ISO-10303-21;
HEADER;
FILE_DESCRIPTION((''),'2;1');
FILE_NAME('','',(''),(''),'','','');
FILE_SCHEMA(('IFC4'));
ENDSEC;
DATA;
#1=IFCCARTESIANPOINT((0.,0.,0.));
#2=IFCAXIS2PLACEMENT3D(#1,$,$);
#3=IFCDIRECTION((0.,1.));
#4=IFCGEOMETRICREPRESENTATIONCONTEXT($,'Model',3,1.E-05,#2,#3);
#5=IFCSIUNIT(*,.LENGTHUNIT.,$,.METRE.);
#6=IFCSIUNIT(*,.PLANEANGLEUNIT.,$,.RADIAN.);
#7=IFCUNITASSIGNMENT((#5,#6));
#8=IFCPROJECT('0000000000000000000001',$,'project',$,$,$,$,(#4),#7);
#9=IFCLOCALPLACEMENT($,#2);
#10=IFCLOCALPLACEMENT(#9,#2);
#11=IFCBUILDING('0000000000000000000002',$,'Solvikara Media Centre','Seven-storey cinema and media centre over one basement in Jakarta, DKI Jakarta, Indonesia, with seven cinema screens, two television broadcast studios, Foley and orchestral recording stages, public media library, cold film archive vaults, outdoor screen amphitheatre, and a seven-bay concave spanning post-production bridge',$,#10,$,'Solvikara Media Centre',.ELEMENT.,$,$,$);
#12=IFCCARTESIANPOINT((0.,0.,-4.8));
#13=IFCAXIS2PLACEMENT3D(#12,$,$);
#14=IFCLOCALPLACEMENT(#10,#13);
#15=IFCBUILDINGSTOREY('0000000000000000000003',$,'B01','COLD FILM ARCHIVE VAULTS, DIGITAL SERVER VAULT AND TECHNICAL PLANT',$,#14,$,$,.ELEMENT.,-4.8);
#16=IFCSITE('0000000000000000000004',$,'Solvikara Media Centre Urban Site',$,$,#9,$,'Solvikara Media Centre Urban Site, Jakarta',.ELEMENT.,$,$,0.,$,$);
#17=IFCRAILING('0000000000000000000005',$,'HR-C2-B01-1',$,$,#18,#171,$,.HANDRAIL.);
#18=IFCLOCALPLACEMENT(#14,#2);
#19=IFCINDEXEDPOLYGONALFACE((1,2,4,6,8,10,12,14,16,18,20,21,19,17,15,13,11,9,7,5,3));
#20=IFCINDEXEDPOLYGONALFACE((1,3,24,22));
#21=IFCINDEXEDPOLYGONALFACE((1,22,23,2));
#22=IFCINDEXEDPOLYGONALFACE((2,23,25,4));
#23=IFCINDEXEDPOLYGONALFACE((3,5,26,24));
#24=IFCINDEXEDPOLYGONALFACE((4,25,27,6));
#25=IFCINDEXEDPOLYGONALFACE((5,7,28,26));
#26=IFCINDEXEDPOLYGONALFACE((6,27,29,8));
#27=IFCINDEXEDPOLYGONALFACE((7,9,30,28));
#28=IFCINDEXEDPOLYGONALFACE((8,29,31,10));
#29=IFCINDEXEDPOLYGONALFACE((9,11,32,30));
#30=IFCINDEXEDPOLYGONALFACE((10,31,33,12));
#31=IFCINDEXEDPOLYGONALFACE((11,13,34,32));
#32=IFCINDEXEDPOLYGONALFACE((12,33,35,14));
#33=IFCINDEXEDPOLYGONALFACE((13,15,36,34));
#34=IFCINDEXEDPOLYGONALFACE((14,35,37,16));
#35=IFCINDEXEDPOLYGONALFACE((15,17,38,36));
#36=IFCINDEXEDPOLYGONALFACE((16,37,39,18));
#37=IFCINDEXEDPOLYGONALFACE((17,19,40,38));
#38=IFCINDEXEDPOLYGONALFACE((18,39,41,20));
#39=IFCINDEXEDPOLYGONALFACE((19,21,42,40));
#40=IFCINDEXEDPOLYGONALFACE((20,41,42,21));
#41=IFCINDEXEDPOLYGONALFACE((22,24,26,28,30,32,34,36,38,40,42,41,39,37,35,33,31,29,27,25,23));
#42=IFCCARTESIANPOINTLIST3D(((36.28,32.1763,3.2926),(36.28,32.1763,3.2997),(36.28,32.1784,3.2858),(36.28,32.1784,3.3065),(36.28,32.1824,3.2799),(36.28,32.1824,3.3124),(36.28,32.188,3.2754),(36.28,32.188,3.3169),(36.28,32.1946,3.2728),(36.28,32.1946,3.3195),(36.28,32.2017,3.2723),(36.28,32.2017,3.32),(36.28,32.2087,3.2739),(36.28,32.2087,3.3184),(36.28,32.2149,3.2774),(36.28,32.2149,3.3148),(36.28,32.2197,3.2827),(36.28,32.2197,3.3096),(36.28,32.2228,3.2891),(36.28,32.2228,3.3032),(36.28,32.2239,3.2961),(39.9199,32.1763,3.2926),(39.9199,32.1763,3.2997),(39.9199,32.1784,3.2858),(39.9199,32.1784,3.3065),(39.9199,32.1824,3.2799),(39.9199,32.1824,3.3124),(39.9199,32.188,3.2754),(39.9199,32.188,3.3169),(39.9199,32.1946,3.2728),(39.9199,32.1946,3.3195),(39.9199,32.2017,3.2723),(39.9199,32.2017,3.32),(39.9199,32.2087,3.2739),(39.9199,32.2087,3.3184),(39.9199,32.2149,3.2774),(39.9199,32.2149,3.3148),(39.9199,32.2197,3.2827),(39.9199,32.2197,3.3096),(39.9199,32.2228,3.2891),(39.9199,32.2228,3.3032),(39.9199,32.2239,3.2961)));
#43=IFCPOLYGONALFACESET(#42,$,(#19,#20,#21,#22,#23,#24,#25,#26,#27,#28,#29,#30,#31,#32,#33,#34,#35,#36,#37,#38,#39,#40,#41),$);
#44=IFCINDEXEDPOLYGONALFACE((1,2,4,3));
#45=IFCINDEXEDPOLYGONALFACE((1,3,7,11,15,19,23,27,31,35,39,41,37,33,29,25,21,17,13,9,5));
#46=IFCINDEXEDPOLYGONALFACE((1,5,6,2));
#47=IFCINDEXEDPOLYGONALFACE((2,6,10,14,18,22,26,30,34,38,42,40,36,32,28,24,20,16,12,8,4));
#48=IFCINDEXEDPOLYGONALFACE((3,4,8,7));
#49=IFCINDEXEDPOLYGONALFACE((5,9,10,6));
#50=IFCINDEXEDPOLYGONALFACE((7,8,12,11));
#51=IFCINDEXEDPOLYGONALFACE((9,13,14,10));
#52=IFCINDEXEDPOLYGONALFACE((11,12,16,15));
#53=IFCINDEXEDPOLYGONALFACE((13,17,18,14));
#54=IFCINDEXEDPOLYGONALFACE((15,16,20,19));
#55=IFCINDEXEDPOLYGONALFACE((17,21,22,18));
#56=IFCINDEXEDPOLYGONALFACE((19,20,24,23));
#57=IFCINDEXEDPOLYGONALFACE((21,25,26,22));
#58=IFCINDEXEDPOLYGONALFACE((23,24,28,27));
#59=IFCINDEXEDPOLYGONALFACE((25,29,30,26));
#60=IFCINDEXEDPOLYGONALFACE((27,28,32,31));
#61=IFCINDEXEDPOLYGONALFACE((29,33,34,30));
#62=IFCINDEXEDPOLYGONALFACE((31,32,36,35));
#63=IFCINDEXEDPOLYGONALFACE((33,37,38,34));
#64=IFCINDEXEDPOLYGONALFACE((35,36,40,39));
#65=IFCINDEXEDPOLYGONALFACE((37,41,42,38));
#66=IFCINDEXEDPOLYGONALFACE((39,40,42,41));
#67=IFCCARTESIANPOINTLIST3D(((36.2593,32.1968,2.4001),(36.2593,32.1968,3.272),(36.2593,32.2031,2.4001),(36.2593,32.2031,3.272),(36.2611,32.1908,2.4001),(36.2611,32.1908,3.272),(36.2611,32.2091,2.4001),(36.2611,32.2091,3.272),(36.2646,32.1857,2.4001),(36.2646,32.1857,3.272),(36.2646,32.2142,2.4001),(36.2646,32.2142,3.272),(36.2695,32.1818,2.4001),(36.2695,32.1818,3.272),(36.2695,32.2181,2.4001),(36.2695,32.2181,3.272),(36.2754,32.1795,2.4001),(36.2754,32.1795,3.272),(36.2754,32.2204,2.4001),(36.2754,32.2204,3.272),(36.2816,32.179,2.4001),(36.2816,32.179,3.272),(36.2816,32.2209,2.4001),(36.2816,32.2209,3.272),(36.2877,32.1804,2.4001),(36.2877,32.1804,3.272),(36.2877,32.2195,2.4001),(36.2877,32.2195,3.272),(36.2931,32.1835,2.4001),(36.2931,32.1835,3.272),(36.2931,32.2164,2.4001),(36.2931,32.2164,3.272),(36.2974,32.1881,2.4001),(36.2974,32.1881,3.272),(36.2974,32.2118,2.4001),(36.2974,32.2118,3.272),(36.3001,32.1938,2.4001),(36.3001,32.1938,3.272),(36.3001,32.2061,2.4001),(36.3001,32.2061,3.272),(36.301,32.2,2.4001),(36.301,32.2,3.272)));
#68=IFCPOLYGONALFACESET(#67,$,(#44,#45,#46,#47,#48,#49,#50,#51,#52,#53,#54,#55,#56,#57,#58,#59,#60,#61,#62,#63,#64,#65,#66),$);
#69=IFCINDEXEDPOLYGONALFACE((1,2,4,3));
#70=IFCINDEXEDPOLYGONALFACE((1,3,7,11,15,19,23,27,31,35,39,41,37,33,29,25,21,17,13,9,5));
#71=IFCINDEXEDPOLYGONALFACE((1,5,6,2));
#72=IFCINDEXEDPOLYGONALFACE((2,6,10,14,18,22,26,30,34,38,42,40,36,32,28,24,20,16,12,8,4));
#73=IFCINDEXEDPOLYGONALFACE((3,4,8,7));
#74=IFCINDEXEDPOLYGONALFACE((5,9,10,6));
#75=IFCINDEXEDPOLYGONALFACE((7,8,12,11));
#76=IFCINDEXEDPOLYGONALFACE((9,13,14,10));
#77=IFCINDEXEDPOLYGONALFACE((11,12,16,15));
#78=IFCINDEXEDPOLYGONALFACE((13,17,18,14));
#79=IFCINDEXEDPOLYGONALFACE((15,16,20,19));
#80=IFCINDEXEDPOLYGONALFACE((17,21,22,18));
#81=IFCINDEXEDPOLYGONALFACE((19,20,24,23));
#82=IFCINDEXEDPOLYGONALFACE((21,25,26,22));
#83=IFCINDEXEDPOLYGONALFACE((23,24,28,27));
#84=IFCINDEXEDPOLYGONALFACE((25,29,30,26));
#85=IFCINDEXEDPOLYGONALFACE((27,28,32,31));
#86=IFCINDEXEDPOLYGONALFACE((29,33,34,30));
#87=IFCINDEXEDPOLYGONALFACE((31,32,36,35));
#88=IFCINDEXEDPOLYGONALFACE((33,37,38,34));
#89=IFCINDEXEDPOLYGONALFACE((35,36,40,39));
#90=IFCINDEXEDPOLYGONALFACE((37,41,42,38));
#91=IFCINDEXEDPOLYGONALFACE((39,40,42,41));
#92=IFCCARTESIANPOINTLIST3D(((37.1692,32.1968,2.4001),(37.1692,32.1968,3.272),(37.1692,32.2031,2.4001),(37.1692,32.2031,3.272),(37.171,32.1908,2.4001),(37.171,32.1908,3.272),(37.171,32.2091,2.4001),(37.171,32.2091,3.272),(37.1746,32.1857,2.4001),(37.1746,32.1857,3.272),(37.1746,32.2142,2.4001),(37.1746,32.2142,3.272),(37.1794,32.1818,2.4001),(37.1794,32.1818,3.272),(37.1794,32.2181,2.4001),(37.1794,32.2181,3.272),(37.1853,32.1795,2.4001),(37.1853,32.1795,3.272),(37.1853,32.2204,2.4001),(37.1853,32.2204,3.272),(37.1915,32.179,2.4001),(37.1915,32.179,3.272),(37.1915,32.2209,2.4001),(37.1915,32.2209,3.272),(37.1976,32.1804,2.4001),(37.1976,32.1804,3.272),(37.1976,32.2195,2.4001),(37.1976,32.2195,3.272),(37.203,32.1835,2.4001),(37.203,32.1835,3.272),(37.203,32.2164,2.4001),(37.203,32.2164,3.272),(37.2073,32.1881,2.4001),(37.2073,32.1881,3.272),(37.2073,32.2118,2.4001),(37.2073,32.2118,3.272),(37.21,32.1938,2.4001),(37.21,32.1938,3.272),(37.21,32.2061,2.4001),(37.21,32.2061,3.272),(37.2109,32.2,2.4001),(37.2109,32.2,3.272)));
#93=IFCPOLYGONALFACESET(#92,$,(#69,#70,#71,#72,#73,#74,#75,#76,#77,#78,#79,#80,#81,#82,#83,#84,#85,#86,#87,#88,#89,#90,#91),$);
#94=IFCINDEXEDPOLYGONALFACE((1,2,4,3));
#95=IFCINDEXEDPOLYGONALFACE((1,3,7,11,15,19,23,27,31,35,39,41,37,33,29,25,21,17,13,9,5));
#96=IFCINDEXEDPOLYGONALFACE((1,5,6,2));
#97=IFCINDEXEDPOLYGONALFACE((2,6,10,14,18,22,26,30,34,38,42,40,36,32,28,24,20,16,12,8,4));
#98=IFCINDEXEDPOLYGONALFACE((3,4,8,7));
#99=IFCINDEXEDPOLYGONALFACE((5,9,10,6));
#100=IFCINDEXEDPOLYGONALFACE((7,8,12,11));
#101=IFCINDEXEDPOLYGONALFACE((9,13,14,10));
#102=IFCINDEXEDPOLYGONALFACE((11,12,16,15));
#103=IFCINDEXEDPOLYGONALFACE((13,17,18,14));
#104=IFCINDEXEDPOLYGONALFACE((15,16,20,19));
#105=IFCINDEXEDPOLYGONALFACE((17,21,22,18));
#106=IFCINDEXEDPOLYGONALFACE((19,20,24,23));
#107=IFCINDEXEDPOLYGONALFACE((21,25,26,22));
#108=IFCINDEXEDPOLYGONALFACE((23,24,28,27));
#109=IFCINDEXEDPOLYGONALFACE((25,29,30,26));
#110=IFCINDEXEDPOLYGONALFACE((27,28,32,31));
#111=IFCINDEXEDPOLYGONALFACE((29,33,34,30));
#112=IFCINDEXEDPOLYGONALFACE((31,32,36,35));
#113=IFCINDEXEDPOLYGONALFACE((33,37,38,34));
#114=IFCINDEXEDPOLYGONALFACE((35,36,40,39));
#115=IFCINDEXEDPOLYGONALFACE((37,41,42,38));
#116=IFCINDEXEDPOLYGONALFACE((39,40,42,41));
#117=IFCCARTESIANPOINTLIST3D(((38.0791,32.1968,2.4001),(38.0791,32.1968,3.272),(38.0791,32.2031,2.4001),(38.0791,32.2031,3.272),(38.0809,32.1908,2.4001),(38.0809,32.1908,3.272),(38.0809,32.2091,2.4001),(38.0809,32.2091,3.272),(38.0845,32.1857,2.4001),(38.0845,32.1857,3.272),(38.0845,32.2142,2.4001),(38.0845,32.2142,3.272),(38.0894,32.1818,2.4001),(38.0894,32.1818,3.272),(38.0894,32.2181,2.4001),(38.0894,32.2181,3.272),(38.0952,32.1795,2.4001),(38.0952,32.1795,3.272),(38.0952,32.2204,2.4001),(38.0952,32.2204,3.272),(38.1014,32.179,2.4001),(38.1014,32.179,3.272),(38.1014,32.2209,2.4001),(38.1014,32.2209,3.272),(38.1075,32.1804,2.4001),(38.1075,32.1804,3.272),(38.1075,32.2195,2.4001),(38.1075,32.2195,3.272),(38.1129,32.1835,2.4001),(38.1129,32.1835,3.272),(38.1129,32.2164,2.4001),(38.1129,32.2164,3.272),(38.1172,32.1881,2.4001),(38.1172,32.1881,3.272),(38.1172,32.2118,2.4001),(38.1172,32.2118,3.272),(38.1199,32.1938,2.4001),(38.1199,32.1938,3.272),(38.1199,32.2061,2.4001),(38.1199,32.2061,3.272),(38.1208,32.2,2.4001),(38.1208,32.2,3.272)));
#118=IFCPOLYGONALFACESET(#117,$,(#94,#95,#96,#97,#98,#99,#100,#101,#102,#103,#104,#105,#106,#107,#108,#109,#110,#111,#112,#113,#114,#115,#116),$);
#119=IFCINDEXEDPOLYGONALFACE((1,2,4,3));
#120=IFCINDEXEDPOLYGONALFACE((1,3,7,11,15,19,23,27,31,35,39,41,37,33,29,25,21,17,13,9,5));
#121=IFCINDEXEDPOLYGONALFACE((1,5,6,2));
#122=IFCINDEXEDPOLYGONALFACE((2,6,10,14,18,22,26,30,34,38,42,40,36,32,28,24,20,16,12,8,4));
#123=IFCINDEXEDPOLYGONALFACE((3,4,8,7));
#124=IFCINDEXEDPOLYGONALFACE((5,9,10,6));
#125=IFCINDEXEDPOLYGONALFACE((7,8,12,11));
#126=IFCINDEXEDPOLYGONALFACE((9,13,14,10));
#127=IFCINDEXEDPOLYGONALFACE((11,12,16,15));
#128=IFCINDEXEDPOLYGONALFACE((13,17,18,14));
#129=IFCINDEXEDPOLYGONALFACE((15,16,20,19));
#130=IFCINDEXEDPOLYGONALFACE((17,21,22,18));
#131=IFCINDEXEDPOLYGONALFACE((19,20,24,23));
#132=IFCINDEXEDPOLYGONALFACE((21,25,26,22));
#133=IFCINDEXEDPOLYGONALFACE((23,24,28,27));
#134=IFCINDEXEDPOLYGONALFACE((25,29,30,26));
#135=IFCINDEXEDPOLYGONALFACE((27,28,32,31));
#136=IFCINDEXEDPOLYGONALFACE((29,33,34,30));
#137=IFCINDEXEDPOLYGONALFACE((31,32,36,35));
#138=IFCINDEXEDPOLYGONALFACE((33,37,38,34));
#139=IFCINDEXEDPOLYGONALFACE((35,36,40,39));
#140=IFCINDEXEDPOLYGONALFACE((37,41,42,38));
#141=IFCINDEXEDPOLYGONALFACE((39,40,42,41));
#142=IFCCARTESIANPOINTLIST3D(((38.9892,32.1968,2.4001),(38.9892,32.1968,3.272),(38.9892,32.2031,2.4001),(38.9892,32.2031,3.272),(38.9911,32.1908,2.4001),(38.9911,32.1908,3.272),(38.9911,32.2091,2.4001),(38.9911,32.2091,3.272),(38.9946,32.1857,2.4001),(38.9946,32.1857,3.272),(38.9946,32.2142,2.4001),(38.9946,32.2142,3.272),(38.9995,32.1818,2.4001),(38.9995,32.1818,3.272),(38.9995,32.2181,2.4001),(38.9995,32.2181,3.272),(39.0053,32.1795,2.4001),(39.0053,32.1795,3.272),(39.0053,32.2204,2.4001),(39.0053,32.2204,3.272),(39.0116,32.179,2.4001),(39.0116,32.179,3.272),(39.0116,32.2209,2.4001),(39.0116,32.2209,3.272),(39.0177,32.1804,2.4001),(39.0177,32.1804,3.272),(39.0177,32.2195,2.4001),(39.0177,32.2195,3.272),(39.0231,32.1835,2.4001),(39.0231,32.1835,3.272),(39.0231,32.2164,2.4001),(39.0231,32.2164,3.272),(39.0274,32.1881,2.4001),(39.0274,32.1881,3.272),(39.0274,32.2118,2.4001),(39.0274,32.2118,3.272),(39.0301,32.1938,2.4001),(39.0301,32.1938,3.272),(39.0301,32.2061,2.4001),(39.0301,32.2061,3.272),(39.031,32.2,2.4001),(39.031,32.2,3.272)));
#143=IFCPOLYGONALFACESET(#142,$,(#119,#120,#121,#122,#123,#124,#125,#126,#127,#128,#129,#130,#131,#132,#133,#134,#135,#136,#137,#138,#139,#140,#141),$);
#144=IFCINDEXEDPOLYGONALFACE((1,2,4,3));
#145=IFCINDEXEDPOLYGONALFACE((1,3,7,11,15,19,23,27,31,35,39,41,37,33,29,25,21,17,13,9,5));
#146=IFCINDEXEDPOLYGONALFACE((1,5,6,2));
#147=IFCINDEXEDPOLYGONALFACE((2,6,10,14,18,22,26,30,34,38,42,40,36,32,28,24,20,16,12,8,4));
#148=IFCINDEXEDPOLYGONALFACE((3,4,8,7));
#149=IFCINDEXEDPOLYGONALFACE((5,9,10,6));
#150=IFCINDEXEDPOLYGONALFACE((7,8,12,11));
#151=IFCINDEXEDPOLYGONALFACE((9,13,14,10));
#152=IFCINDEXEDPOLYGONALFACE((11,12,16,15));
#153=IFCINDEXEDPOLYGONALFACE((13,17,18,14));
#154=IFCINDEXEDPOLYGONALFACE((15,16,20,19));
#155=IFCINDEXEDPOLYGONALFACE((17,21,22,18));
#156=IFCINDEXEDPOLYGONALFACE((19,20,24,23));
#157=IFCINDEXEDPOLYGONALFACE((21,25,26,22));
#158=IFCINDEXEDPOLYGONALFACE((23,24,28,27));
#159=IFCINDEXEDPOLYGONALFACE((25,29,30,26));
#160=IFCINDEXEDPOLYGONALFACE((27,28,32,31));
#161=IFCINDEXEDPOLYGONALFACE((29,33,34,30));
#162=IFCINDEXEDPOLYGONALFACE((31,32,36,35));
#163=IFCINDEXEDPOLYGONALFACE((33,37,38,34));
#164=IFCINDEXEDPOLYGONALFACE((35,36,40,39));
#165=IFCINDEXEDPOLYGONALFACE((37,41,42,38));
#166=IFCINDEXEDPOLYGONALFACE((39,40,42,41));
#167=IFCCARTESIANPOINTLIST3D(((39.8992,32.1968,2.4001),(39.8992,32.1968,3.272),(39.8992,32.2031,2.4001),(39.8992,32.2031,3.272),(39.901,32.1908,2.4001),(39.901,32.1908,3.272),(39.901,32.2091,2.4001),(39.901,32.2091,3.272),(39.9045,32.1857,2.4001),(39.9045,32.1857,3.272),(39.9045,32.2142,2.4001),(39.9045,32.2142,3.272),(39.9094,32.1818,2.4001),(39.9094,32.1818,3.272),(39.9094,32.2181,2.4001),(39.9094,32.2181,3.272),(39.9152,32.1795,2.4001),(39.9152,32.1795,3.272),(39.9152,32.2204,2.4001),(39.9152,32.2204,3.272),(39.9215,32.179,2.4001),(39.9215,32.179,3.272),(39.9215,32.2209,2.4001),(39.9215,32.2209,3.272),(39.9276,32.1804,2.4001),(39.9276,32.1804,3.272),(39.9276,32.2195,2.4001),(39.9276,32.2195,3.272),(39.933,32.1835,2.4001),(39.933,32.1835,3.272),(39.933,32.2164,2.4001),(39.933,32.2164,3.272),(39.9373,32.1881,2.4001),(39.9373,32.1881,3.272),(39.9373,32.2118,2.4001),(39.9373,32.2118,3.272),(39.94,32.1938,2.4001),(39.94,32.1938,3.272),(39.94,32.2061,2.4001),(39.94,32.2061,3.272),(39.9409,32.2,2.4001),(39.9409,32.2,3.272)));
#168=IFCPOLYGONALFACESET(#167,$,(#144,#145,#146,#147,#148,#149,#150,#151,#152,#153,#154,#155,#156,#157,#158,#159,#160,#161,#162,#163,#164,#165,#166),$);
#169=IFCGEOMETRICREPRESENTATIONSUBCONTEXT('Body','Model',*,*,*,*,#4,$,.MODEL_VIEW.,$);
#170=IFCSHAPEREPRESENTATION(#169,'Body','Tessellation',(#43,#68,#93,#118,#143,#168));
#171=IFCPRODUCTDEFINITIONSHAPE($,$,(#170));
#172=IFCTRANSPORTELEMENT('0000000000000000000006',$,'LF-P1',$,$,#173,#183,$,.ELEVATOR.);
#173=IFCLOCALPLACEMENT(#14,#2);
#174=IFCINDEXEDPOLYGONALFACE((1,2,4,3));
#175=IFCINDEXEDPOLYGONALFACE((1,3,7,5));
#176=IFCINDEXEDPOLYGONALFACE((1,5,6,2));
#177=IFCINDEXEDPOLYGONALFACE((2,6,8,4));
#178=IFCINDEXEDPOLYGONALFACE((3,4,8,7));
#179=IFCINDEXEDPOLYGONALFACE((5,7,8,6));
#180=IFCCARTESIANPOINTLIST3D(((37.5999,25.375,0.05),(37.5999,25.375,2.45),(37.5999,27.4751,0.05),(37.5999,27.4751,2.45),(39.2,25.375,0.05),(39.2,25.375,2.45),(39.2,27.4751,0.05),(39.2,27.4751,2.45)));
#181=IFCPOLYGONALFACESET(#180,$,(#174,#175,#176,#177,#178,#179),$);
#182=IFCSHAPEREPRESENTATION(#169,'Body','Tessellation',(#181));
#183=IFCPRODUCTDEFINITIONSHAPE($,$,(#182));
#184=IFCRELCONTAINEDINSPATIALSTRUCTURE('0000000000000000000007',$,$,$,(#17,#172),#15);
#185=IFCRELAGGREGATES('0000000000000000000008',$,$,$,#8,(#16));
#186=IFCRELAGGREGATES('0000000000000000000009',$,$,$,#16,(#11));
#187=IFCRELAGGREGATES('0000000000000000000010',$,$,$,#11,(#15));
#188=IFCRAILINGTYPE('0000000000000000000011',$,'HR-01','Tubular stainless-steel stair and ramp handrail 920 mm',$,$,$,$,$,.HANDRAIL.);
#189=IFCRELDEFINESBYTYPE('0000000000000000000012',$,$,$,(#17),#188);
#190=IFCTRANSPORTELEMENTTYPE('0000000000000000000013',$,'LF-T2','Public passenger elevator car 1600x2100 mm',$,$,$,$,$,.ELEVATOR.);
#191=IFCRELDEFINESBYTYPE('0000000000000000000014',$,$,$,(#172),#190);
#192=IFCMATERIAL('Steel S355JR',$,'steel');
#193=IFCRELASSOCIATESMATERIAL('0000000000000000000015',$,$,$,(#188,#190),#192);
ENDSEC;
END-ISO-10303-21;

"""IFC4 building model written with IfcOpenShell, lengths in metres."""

from ifc_helpers import new_model, si_unit, direction, frame, origin, origin_2d, place, context, subcontext, project, spatial, rectangle, circle, extrude, material, type_object, element, save


model = new_model("IFC4")

# Units and contexts
model_context = context("Model", 3, precision=1e-05, world=origin(), true_north=direction((0.0, 1.0)))
body_context = subcontext(model_context, "Body", "Model", "MODEL_VIEW")
ifc_project = project(units=[si_unit("LENGTHUNIT", "METRE"), si_unit("PLANEANGLEUNIT", "RADIAN")], contexts=[model_context])

# Site, building, storey
site_placement = place(None, origin())
site = spatial("IfcSite", under=ifc_project, at=site_placement, Name="Solvikara Media Centre Urban Site", LongName="Solvikara Media Centre Urban Site, Jakarta", CompositionType="ELEMENT", RefElevation=0.0)
building_placement = place(site_placement, origin())
building = spatial("IfcBuilding", under=site, at=building_placement, Name="Solvikara Media Centre", Description="Seven-storey cinema and media centre over one basement in Jakarta, DKI Jakarta, Indonesia, with seven cinema screens, two television broadcast studios, Foley and orchestral recording stages, public media library, cold film archive vaults, outdoor screen amphitheatre, and a seven-bay concave spanning post-production bridge", LongName="Solvikara Media Centre", CompositionType="ELEMENT")
storey_placement = place(building_placement, frame((0.0, 0.0, -4.8)))
storey = spatial("IfcBuildingStorey", under=building, at=storey_placement, Name="B01", Description="COLD FILM ARCHIVE VAULTS, DIGITAL SERVER VAULT AND TECHNICAL PLANT", CompositionType="ELEMENT", Elevation=-4.8)

# Railing
ifc_material_1 = material(Name="Steel S355JR", Category="steel")
railing_type = type_object("IfcRailingType", Name="HR-01", Description="Tubular stainless-steel stair and ramp handrail 920 mm", PredefinedType="HANDRAIL", material=ifc_material_1)
railing_placement = place(storey_placement, frame((36.28, 32.2, 2.4001)))
element("IfcRailing", 1, at=railing_placement, inside=storey, type_object=railing_type, Name="HR-C2-B01-1", PredefinedType="HANDRAIL", context=body_context, shape_type="SweptSolid", body=[
    extrude(circle(Radius=0.0239, at=origin_2d()), frame((0.0, 0.0, 0.896), z_axis=(1.0, 0.0, 0.0), x_axis=(0.0, 1.0, 0.0)), (0.0, 0.0, 1.0), 3.6399),
    extrude(circle(Radius=0.021, at=origin_2d()), origin(), (0.0, 0.0, 1.0), 0.8718),
    extrude(circle(Radius=0.021, at=origin_2d()), frame((0.9099, 0.0, 0.0)), (0.0, 0.0, 1.0), 0.8718),
    extrude(circle(Radius=0.021, at=origin_2d()), frame((1.8198, 0.0, 0.0)), (0.0, 0.0, 1.0), 0.8718),
    extrude(circle(Radius=0.021, at=origin_2d()), frame((2.73, 0.0, 0.0)), (0.0, 0.0, 1.0), 0.8718),
    extrude(circle(Radius=0.021, at=origin_2d()), frame((3.6399, 0.0, 0.0)), (0.0, 0.0, 1.0), 0.8718),
])

# Transport element
transport_element_type = type_object("IfcTransportElementType", Name="LF-T2", Description="Public passenger elevator car 1600x2100 mm", PredefinedType="ELEVATOR", material=ifc_material_1)
transport_element_placement = place(storey_placement, frame((38.3999, 26.425, 0.05), z_axis=(0.0, 0.0, 1.0), x_axis=(1.0, 0.0, 0.0)))
element("IfcTransportElement", 2, at=transport_element_placement, inside=storey, type_object=transport_element_type, Name="LF-P1", PredefinedType="ELEVATOR", context=body_context, shape_type="SweptSolid", body=[
    extrude(rectangle(XDim=1.6001, YDim=2.1001, at=origin_2d()), origin(), (0.0, 0.0, 1.0), 2.3999),
])

save(model, "model.ifc")
